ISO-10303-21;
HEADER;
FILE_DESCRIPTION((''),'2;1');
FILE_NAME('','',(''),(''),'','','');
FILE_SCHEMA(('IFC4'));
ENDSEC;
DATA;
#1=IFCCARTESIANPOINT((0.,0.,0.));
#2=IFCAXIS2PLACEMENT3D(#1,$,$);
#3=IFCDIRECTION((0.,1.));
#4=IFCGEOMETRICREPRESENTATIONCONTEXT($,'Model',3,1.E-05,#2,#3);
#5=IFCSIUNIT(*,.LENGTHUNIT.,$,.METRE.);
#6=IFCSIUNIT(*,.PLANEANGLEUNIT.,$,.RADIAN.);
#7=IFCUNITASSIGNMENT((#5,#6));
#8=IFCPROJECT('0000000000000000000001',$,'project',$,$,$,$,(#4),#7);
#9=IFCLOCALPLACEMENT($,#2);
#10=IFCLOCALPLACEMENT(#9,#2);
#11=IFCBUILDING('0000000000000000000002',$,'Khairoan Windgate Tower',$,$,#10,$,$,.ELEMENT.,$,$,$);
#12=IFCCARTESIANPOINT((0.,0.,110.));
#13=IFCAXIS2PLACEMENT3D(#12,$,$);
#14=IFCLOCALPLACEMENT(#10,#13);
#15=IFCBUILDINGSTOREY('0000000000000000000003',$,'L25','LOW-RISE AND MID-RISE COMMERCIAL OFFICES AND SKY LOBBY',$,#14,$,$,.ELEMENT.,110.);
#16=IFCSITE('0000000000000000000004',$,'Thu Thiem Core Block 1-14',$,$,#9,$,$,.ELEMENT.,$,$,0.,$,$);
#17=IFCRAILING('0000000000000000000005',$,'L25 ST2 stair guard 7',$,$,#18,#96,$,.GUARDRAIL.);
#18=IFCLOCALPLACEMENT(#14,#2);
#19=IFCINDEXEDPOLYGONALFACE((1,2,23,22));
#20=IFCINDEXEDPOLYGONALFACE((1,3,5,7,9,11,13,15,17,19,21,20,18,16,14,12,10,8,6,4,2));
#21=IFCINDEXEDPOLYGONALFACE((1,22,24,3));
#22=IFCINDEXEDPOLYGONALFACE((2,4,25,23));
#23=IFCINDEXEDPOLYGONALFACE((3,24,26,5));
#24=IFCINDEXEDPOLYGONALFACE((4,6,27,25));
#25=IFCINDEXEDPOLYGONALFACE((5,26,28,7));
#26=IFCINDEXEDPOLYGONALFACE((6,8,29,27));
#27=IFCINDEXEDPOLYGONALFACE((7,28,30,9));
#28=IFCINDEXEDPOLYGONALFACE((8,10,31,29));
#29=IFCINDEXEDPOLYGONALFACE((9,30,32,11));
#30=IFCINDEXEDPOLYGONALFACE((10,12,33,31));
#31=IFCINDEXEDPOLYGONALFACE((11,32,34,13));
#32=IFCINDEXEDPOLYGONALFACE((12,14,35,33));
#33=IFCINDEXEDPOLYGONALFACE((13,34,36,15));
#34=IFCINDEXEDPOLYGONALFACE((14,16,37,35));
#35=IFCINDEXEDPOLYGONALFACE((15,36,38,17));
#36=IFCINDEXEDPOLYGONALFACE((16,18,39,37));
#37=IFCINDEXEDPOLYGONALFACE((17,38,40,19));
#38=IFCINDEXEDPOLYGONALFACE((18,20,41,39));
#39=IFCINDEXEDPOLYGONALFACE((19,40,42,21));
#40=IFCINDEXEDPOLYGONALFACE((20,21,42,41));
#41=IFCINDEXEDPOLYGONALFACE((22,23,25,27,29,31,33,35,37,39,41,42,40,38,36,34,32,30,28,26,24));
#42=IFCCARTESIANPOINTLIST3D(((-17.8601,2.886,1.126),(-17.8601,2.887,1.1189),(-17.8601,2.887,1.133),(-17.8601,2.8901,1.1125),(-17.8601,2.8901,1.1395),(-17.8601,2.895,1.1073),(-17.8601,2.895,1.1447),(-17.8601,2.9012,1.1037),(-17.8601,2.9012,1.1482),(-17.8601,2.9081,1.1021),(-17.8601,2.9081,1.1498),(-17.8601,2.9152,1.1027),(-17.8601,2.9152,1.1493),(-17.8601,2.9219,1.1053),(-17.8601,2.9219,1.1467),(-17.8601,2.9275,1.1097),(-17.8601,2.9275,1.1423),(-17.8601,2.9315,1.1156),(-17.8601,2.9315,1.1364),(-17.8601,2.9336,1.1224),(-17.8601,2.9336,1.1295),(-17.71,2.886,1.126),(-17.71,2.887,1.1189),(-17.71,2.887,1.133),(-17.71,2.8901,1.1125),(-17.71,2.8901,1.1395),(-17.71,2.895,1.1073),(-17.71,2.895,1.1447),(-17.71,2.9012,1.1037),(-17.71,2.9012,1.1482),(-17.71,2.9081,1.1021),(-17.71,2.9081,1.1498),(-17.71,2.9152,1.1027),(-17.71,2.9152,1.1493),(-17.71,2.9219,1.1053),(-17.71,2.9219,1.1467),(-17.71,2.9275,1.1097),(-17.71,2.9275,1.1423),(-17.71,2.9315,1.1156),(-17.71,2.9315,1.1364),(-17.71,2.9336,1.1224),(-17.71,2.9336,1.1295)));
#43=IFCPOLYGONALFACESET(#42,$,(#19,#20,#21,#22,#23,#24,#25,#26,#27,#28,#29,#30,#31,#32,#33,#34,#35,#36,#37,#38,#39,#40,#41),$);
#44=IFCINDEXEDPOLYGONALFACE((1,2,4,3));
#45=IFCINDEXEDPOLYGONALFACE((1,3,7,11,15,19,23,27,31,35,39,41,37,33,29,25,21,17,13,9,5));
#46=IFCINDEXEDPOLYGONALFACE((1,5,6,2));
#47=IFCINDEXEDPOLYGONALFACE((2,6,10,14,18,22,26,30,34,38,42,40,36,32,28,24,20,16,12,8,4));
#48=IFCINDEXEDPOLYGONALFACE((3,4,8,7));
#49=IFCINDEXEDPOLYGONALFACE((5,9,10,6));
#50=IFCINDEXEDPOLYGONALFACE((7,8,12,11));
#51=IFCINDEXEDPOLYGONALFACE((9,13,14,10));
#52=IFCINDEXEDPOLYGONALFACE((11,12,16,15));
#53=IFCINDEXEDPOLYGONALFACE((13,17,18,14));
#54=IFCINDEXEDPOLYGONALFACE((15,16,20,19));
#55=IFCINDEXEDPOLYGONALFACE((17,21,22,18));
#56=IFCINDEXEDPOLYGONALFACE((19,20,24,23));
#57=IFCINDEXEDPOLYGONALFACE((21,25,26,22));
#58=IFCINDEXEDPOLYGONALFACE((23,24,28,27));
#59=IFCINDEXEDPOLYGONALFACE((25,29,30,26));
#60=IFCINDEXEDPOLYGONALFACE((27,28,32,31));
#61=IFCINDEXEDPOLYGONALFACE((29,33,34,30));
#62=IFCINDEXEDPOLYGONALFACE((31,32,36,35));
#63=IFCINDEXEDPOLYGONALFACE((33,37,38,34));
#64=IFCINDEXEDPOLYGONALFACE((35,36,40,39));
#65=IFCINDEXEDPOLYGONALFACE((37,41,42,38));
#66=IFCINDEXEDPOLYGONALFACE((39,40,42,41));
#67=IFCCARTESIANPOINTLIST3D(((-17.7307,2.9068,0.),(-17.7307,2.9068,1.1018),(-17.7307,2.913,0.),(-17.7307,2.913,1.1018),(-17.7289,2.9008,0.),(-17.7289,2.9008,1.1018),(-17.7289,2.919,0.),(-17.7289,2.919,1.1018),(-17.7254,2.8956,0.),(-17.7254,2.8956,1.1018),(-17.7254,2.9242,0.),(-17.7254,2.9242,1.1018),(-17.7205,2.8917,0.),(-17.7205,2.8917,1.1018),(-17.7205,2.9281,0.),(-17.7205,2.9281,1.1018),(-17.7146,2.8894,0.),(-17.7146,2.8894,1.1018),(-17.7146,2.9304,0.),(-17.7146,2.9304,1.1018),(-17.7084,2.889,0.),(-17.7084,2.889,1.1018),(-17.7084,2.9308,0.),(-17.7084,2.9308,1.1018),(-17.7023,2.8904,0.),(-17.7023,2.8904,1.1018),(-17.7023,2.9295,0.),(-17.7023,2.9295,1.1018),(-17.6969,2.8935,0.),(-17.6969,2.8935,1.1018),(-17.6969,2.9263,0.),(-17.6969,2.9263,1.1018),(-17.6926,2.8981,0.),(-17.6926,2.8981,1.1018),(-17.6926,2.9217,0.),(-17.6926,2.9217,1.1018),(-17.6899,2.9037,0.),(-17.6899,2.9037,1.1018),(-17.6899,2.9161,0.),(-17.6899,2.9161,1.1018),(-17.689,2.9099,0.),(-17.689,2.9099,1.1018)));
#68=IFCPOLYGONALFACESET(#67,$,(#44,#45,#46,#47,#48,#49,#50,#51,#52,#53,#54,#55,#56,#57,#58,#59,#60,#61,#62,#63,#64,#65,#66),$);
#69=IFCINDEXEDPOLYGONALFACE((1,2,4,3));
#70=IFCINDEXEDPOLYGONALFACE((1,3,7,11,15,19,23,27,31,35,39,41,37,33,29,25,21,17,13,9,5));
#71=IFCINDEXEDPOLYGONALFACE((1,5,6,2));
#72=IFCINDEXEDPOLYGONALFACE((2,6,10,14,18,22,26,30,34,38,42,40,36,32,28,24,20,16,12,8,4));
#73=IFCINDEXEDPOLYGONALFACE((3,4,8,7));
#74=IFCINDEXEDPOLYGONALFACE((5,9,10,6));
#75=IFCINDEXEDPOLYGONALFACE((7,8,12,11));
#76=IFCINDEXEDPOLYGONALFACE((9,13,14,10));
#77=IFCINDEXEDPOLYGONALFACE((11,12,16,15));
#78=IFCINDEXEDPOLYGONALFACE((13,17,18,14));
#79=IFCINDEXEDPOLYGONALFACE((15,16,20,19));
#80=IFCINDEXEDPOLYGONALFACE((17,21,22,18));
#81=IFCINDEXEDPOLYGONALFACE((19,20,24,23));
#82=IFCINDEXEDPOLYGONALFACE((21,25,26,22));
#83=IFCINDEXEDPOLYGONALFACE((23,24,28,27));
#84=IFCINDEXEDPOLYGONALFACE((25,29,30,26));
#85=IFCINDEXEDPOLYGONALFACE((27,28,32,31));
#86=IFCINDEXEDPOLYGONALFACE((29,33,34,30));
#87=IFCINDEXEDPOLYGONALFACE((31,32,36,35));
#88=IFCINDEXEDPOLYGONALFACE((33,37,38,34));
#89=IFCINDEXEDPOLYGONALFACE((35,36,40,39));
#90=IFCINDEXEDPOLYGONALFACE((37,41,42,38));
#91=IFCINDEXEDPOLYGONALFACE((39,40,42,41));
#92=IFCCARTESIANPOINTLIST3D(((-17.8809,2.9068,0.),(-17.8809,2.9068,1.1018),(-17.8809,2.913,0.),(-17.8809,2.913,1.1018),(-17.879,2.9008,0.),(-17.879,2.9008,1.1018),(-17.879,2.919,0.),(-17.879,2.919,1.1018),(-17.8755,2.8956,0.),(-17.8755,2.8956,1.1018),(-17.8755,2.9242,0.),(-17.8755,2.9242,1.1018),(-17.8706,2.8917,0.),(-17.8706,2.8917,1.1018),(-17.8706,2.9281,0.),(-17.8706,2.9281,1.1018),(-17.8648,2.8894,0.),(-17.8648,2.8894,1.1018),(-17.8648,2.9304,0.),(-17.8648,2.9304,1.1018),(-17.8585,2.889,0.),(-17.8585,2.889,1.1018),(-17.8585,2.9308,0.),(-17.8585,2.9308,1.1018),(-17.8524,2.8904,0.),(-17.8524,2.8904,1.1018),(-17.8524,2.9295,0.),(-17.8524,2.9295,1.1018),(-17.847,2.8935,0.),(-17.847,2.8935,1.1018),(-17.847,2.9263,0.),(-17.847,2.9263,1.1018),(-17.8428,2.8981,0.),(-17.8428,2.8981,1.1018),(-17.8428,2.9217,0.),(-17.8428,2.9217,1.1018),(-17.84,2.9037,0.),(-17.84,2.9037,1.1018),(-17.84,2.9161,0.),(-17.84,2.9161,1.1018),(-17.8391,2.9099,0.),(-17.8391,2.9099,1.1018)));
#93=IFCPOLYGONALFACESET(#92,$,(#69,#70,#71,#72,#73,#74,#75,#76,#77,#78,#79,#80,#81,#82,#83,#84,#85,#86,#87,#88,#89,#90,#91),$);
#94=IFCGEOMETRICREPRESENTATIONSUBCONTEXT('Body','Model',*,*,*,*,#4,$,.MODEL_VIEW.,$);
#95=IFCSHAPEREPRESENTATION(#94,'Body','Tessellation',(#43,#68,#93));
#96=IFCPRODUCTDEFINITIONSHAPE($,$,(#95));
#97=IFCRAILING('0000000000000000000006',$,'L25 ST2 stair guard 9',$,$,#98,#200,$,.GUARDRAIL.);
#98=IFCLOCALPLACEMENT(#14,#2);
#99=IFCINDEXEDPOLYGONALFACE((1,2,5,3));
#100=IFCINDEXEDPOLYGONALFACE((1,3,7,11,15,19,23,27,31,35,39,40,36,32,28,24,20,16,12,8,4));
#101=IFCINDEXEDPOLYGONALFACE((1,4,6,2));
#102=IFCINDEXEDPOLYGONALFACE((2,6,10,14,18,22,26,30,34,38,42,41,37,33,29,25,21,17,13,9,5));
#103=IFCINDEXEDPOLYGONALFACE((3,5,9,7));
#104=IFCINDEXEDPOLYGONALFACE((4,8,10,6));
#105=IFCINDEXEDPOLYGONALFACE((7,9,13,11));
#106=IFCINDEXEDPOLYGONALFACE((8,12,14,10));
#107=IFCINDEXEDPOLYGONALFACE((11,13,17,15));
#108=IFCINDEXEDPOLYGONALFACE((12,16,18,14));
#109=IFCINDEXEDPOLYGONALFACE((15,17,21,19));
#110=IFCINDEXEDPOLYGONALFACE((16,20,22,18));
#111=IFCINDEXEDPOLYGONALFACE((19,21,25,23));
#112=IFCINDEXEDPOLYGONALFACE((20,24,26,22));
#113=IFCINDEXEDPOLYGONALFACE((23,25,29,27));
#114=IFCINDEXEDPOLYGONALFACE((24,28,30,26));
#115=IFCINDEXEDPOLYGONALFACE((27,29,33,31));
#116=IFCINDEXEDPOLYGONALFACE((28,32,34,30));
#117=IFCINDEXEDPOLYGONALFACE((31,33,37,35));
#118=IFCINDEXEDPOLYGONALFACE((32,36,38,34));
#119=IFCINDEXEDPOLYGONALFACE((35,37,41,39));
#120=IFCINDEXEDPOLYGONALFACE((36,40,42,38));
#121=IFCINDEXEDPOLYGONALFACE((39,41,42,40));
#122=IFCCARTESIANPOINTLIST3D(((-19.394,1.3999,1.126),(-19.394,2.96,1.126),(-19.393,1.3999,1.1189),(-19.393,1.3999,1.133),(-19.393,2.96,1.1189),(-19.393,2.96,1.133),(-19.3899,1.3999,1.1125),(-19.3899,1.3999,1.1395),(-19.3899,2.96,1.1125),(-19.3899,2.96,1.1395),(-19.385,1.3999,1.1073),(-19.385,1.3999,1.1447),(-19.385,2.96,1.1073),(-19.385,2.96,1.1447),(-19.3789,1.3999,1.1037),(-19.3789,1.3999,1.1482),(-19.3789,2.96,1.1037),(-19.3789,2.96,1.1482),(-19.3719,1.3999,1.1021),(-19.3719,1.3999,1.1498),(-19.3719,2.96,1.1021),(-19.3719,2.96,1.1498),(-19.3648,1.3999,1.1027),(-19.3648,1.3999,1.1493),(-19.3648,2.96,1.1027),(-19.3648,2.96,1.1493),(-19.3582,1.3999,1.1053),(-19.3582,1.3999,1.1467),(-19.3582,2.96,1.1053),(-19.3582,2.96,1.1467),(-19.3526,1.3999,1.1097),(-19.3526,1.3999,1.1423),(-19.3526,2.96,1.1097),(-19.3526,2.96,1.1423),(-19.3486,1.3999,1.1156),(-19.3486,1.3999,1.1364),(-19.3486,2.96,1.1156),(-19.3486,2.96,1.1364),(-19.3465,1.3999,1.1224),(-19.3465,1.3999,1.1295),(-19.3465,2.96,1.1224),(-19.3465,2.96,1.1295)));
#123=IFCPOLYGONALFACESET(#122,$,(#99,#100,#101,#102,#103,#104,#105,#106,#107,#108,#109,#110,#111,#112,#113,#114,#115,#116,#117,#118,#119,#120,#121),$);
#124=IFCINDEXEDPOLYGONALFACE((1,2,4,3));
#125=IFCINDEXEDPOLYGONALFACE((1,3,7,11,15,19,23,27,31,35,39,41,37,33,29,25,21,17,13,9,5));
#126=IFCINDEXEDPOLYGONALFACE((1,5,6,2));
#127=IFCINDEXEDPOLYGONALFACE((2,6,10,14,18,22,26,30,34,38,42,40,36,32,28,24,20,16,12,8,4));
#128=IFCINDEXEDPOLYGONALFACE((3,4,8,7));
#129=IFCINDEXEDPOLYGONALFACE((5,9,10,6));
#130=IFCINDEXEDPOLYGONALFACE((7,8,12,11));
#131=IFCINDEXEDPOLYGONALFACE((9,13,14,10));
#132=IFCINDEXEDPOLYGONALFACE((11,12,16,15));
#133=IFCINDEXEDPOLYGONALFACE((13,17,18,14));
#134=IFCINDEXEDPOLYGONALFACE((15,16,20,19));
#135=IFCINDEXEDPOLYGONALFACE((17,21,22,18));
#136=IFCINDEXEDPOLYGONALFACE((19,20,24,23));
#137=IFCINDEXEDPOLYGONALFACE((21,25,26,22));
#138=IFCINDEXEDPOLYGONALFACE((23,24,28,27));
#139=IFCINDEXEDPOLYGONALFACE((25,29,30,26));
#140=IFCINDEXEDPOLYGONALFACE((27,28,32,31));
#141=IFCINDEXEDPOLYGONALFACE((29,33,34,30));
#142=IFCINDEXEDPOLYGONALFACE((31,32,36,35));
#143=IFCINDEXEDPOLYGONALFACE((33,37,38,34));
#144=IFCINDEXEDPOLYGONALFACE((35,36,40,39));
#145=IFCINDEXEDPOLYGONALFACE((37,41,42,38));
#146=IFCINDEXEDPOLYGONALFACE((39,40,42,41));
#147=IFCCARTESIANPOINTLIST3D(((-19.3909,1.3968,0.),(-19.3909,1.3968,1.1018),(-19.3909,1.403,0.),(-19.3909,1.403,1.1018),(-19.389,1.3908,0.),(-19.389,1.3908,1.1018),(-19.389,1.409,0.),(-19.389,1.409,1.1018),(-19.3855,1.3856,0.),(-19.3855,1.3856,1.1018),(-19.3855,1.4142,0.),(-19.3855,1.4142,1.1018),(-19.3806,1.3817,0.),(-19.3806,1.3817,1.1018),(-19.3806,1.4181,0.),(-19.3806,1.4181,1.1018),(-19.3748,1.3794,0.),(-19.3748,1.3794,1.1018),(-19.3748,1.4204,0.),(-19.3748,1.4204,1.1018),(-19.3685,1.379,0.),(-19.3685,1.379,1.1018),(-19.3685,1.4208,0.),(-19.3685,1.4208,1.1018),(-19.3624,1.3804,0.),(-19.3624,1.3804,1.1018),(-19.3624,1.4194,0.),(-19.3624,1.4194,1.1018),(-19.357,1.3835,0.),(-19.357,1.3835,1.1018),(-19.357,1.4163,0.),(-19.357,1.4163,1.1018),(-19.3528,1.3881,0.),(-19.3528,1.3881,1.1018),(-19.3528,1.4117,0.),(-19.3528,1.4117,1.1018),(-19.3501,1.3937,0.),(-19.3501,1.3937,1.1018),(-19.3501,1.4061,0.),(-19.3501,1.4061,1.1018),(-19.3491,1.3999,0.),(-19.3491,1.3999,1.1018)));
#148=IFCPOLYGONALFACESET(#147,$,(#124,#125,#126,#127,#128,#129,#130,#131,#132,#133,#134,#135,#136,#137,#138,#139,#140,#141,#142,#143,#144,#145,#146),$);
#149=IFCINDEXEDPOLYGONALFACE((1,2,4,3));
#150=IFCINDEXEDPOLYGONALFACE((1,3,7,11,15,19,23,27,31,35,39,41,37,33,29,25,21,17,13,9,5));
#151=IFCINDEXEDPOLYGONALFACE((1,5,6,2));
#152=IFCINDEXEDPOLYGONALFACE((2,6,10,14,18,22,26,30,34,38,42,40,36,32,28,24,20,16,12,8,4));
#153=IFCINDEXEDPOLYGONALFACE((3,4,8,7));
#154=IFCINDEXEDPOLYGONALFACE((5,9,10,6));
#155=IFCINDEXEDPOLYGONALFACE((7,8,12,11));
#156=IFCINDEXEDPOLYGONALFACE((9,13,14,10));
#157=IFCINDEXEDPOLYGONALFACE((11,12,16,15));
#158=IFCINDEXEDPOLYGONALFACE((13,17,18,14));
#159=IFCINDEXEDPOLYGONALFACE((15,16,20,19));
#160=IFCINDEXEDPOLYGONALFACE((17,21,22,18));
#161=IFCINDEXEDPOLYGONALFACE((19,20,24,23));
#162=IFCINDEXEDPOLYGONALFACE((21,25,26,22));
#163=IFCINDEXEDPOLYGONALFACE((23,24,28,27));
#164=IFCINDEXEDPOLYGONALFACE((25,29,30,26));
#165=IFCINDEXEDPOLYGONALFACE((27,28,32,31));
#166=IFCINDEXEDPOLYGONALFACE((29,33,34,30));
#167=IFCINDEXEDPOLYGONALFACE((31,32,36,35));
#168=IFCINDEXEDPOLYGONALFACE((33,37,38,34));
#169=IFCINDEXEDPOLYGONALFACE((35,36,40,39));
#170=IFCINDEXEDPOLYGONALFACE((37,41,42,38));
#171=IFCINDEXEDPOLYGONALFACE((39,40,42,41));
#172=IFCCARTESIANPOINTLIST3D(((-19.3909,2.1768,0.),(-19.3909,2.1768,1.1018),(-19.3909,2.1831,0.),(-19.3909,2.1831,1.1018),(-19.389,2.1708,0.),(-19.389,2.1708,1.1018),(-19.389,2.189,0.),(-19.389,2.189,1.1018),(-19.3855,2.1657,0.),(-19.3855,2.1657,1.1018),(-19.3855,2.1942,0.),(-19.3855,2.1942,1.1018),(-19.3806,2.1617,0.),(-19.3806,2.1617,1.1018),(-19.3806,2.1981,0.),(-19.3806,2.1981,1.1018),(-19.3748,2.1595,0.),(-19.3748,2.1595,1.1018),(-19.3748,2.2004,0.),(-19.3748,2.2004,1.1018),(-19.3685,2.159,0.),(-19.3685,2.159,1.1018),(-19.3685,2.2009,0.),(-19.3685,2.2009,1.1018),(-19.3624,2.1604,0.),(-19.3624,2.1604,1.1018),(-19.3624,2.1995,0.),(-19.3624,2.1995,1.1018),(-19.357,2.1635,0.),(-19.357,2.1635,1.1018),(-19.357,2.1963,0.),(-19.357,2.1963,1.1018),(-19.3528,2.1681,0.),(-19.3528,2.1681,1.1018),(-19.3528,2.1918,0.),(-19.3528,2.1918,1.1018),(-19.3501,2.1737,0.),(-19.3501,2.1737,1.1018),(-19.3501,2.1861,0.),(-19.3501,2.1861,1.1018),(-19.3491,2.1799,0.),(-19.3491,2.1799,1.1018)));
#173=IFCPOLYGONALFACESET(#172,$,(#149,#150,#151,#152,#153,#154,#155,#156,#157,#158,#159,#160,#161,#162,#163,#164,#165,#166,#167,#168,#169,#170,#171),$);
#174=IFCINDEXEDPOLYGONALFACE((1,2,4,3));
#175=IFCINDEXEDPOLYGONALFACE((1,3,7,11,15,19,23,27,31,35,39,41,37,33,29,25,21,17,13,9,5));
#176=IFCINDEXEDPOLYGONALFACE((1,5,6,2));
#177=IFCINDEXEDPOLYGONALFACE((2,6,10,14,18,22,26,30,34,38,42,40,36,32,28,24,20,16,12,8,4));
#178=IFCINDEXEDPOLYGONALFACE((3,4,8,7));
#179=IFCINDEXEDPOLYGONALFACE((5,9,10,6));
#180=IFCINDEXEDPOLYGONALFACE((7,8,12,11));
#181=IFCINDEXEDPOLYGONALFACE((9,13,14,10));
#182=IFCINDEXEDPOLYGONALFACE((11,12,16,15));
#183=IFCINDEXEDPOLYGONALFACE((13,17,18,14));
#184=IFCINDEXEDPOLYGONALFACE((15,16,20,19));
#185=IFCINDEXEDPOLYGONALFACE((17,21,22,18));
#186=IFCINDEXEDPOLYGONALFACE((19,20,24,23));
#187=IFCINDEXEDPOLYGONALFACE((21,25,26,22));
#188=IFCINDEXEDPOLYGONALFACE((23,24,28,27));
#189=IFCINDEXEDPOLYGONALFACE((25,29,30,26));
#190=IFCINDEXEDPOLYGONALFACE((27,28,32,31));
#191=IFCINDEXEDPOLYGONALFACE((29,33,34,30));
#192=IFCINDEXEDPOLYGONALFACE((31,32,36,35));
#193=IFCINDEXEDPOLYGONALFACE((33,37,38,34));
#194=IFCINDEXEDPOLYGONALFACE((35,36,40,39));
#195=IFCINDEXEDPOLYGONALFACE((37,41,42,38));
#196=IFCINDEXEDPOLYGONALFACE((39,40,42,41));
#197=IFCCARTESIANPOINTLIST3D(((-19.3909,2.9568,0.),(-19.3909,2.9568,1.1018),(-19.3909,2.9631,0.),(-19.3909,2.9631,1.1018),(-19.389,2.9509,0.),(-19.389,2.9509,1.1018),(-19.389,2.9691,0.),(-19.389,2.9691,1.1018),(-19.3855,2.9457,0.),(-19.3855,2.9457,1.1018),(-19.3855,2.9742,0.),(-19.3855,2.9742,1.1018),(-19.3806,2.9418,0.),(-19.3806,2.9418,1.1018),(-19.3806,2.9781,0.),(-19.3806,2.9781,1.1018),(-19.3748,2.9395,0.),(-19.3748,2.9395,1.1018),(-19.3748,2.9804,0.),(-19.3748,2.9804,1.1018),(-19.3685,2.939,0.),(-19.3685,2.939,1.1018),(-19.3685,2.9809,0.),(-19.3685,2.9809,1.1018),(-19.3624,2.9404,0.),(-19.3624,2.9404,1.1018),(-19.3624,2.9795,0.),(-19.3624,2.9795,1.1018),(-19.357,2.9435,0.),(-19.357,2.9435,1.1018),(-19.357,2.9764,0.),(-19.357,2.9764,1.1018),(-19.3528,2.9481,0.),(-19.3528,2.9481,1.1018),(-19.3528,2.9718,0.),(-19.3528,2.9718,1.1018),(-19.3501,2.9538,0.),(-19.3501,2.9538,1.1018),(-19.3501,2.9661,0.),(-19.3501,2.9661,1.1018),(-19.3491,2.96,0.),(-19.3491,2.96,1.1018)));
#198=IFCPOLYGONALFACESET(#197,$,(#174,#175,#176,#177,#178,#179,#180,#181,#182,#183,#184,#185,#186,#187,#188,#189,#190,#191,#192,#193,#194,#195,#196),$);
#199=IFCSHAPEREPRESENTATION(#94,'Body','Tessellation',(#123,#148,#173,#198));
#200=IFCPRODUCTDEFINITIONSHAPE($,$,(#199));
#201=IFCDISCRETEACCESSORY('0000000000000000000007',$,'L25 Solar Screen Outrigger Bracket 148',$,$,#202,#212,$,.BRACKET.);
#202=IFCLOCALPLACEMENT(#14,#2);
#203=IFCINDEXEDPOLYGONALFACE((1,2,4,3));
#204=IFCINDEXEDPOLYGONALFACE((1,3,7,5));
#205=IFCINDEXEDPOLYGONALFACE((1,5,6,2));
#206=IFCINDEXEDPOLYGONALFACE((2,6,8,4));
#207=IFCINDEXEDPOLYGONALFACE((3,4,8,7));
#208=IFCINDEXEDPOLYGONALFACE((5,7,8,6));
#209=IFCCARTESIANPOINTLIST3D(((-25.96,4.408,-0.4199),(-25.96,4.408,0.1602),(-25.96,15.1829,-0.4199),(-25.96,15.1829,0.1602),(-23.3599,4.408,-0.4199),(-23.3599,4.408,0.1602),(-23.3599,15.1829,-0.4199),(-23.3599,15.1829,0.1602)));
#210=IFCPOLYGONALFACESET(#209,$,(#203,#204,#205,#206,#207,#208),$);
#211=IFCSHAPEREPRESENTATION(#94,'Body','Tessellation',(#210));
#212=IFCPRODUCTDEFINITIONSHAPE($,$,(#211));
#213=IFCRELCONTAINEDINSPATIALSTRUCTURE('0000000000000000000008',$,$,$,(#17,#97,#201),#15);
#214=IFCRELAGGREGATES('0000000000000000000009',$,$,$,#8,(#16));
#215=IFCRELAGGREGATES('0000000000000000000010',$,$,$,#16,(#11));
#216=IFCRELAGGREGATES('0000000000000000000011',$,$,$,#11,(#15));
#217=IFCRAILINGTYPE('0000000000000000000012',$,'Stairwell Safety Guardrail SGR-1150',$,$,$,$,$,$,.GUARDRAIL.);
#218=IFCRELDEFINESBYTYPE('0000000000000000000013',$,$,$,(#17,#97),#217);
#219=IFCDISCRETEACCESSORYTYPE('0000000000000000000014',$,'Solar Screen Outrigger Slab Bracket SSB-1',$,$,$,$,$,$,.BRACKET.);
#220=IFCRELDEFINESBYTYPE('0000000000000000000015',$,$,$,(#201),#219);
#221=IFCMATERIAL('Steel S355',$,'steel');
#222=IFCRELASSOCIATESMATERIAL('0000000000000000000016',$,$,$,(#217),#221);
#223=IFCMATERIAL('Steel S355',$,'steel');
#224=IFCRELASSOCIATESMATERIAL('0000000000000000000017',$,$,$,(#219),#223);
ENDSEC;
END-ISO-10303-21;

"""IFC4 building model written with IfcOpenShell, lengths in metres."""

from ifc_helpers import new_model, si_unit, direction, frame, origin, origin_2d, place, context, subcontext, project, spatial, rectangle, circle, extrude, material, type_object, element, save


model = new_model("IFC4")

# Units and contexts
model_context = context("Model", 3, precision=1e-05, world=origin(), true_north=direction((0.0, 1.0)))
body_context = subcontext(model_context, "Body", "Model", "MODEL_VIEW")
ifc_project = project(units=[si_unit("LENGTHUNIT", "METRE"), si_unit("PLANEANGLEUNIT", "RADIAN")], contexts=[model_context])

# Site, building, storey
site_placement = place(None, origin())
site = spatial("IfcSite", under=ifc_project, at=site_placement, Name="Thu Thiem Core Block 1-14", CompositionType="ELEMENT", RefElevation=0.0)
building_placement = place(site_placement, origin())
building = spatial("IfcBuilding", under=site, at=building_placement, Name="Khairoan Windgate Tower", CompositionType="ELEMENT")
storey_placement = place(building_placement, frame((0.0, 0.0, 110.0)))
storey = spatial("IfcBuildingStorey", under=building, at=storey_placement, Name="L25", Description="LOW-RISE AND MID-RISE COMMERCIAL OFFICES AND SKY LOBBY", CompositionType="ELEMENT", Elevation=110.0)

# Railings
ifc_material_1 = material(Name="Steel S355", Category="steel")
railing_type_1 = type_object("IfcRailingType", Name="Stairwell Safety Guardrail SGR-1150", PredefinedType="GUARDRAIL", material=ifc_material_1)
railing_1_placement = place(storey_placement, frame((-17.71, 2.9099, 0.0)))
element("IfcRailing", 1, at=railing_1_placement, inside=storey, type_object=railing_type_1, Name="L25 ST2 stair guard 7", PredefinedType="GUARDRAIL", context=body_context, shape_type="SweptSolid", body=[
    extrude(circle(Radius=0.0239, at=origin_2d()), frame((0.0, 0.0, 1.126), z_axis=(-1.0, 0.0, 0.0), x_axis=(0.0, -1.0, 0.0)), (0.0, 0.0, 1.0), 0.1501),
    extrude(circle(Radius=0.021, at=origin_2d()), origin(), (0.0, 0.0, 1.0), 1.1018),
    extrude(circle(Radius=0.021, at=origin_2d()), frame((-0.1501, 0.0, 0.0)), (0.0, 0.0, 1.0), 1.1018),
])
railing_2_placement = place(storey_placement, frame((-19.3701, 1.3999, 0.0)))
element("IfcRailing", 2, at=railing_2_placement, inside=storey, type_object=railing_type_1, Name="L25 ST2 stair guard 9", PredefinedType="GUARDRAIL", context=body_context, shape_type="SweptSolid", body=[
    extrude(circle(Radius=0.0239, at=origin_2d()), frame((0.0, 0.0, 1.126), z_axis=(0.0, 1.0, 0.0), x_axis=(-1.0, 0.0, 0.0)), (0.0, 0.0, 1.0), 1.5601),
    extrude(circle(Radius=0.021, at=origin_2d()), origin(), (0.0, 0.0, 1.0), 1.1018),
    extrude(circle(Radius=0.021, at=origin_2d()), frame((0.0, 0.78, 0.0)), (0.0, 0.0, 1.0), 1.1018),
    extrude(circle(Radius=0.021, at=origin_2d()), frame((0.0, 1.5601, 0.0)), (0.0, 0.0, 1.0), 1.1018),
])

# Discrete accessory
ifc_material_2 = material(Name="Steel S355", Category="steel")
discrete_accessory_type = type_object("IfcDiscreteAccessoryType", Name="Solar Screen Outrigger Slab Bracket SSB-1", PredefinedType="BRACKET", material=ifc_material_2)
discrete_accessory_placement = place(storey_placement, frame((-24.6599, 9.7954, -0.4199), z_axis=(0.0, 0.0, 1.0), x_axis=(0.0, 1.0, 0.0)))
element("IfcDiscreteAccessory", 3, at=discrete_accessory_placement, inside=storey, type_object=discrete_accessory_type, Name="L25 Solar Screen Outrigger Bracket 148", PredefinedType="BRACKET", context=body_context, shape_type="SweptSolid", body=[
    extrude(rectangle(XDim=10.7749, YDim=2.6001, at=origin_2d()), origin(), (0.0, 0.0, 1.0), 0.5801),
])

save(model, "model.ifc")
